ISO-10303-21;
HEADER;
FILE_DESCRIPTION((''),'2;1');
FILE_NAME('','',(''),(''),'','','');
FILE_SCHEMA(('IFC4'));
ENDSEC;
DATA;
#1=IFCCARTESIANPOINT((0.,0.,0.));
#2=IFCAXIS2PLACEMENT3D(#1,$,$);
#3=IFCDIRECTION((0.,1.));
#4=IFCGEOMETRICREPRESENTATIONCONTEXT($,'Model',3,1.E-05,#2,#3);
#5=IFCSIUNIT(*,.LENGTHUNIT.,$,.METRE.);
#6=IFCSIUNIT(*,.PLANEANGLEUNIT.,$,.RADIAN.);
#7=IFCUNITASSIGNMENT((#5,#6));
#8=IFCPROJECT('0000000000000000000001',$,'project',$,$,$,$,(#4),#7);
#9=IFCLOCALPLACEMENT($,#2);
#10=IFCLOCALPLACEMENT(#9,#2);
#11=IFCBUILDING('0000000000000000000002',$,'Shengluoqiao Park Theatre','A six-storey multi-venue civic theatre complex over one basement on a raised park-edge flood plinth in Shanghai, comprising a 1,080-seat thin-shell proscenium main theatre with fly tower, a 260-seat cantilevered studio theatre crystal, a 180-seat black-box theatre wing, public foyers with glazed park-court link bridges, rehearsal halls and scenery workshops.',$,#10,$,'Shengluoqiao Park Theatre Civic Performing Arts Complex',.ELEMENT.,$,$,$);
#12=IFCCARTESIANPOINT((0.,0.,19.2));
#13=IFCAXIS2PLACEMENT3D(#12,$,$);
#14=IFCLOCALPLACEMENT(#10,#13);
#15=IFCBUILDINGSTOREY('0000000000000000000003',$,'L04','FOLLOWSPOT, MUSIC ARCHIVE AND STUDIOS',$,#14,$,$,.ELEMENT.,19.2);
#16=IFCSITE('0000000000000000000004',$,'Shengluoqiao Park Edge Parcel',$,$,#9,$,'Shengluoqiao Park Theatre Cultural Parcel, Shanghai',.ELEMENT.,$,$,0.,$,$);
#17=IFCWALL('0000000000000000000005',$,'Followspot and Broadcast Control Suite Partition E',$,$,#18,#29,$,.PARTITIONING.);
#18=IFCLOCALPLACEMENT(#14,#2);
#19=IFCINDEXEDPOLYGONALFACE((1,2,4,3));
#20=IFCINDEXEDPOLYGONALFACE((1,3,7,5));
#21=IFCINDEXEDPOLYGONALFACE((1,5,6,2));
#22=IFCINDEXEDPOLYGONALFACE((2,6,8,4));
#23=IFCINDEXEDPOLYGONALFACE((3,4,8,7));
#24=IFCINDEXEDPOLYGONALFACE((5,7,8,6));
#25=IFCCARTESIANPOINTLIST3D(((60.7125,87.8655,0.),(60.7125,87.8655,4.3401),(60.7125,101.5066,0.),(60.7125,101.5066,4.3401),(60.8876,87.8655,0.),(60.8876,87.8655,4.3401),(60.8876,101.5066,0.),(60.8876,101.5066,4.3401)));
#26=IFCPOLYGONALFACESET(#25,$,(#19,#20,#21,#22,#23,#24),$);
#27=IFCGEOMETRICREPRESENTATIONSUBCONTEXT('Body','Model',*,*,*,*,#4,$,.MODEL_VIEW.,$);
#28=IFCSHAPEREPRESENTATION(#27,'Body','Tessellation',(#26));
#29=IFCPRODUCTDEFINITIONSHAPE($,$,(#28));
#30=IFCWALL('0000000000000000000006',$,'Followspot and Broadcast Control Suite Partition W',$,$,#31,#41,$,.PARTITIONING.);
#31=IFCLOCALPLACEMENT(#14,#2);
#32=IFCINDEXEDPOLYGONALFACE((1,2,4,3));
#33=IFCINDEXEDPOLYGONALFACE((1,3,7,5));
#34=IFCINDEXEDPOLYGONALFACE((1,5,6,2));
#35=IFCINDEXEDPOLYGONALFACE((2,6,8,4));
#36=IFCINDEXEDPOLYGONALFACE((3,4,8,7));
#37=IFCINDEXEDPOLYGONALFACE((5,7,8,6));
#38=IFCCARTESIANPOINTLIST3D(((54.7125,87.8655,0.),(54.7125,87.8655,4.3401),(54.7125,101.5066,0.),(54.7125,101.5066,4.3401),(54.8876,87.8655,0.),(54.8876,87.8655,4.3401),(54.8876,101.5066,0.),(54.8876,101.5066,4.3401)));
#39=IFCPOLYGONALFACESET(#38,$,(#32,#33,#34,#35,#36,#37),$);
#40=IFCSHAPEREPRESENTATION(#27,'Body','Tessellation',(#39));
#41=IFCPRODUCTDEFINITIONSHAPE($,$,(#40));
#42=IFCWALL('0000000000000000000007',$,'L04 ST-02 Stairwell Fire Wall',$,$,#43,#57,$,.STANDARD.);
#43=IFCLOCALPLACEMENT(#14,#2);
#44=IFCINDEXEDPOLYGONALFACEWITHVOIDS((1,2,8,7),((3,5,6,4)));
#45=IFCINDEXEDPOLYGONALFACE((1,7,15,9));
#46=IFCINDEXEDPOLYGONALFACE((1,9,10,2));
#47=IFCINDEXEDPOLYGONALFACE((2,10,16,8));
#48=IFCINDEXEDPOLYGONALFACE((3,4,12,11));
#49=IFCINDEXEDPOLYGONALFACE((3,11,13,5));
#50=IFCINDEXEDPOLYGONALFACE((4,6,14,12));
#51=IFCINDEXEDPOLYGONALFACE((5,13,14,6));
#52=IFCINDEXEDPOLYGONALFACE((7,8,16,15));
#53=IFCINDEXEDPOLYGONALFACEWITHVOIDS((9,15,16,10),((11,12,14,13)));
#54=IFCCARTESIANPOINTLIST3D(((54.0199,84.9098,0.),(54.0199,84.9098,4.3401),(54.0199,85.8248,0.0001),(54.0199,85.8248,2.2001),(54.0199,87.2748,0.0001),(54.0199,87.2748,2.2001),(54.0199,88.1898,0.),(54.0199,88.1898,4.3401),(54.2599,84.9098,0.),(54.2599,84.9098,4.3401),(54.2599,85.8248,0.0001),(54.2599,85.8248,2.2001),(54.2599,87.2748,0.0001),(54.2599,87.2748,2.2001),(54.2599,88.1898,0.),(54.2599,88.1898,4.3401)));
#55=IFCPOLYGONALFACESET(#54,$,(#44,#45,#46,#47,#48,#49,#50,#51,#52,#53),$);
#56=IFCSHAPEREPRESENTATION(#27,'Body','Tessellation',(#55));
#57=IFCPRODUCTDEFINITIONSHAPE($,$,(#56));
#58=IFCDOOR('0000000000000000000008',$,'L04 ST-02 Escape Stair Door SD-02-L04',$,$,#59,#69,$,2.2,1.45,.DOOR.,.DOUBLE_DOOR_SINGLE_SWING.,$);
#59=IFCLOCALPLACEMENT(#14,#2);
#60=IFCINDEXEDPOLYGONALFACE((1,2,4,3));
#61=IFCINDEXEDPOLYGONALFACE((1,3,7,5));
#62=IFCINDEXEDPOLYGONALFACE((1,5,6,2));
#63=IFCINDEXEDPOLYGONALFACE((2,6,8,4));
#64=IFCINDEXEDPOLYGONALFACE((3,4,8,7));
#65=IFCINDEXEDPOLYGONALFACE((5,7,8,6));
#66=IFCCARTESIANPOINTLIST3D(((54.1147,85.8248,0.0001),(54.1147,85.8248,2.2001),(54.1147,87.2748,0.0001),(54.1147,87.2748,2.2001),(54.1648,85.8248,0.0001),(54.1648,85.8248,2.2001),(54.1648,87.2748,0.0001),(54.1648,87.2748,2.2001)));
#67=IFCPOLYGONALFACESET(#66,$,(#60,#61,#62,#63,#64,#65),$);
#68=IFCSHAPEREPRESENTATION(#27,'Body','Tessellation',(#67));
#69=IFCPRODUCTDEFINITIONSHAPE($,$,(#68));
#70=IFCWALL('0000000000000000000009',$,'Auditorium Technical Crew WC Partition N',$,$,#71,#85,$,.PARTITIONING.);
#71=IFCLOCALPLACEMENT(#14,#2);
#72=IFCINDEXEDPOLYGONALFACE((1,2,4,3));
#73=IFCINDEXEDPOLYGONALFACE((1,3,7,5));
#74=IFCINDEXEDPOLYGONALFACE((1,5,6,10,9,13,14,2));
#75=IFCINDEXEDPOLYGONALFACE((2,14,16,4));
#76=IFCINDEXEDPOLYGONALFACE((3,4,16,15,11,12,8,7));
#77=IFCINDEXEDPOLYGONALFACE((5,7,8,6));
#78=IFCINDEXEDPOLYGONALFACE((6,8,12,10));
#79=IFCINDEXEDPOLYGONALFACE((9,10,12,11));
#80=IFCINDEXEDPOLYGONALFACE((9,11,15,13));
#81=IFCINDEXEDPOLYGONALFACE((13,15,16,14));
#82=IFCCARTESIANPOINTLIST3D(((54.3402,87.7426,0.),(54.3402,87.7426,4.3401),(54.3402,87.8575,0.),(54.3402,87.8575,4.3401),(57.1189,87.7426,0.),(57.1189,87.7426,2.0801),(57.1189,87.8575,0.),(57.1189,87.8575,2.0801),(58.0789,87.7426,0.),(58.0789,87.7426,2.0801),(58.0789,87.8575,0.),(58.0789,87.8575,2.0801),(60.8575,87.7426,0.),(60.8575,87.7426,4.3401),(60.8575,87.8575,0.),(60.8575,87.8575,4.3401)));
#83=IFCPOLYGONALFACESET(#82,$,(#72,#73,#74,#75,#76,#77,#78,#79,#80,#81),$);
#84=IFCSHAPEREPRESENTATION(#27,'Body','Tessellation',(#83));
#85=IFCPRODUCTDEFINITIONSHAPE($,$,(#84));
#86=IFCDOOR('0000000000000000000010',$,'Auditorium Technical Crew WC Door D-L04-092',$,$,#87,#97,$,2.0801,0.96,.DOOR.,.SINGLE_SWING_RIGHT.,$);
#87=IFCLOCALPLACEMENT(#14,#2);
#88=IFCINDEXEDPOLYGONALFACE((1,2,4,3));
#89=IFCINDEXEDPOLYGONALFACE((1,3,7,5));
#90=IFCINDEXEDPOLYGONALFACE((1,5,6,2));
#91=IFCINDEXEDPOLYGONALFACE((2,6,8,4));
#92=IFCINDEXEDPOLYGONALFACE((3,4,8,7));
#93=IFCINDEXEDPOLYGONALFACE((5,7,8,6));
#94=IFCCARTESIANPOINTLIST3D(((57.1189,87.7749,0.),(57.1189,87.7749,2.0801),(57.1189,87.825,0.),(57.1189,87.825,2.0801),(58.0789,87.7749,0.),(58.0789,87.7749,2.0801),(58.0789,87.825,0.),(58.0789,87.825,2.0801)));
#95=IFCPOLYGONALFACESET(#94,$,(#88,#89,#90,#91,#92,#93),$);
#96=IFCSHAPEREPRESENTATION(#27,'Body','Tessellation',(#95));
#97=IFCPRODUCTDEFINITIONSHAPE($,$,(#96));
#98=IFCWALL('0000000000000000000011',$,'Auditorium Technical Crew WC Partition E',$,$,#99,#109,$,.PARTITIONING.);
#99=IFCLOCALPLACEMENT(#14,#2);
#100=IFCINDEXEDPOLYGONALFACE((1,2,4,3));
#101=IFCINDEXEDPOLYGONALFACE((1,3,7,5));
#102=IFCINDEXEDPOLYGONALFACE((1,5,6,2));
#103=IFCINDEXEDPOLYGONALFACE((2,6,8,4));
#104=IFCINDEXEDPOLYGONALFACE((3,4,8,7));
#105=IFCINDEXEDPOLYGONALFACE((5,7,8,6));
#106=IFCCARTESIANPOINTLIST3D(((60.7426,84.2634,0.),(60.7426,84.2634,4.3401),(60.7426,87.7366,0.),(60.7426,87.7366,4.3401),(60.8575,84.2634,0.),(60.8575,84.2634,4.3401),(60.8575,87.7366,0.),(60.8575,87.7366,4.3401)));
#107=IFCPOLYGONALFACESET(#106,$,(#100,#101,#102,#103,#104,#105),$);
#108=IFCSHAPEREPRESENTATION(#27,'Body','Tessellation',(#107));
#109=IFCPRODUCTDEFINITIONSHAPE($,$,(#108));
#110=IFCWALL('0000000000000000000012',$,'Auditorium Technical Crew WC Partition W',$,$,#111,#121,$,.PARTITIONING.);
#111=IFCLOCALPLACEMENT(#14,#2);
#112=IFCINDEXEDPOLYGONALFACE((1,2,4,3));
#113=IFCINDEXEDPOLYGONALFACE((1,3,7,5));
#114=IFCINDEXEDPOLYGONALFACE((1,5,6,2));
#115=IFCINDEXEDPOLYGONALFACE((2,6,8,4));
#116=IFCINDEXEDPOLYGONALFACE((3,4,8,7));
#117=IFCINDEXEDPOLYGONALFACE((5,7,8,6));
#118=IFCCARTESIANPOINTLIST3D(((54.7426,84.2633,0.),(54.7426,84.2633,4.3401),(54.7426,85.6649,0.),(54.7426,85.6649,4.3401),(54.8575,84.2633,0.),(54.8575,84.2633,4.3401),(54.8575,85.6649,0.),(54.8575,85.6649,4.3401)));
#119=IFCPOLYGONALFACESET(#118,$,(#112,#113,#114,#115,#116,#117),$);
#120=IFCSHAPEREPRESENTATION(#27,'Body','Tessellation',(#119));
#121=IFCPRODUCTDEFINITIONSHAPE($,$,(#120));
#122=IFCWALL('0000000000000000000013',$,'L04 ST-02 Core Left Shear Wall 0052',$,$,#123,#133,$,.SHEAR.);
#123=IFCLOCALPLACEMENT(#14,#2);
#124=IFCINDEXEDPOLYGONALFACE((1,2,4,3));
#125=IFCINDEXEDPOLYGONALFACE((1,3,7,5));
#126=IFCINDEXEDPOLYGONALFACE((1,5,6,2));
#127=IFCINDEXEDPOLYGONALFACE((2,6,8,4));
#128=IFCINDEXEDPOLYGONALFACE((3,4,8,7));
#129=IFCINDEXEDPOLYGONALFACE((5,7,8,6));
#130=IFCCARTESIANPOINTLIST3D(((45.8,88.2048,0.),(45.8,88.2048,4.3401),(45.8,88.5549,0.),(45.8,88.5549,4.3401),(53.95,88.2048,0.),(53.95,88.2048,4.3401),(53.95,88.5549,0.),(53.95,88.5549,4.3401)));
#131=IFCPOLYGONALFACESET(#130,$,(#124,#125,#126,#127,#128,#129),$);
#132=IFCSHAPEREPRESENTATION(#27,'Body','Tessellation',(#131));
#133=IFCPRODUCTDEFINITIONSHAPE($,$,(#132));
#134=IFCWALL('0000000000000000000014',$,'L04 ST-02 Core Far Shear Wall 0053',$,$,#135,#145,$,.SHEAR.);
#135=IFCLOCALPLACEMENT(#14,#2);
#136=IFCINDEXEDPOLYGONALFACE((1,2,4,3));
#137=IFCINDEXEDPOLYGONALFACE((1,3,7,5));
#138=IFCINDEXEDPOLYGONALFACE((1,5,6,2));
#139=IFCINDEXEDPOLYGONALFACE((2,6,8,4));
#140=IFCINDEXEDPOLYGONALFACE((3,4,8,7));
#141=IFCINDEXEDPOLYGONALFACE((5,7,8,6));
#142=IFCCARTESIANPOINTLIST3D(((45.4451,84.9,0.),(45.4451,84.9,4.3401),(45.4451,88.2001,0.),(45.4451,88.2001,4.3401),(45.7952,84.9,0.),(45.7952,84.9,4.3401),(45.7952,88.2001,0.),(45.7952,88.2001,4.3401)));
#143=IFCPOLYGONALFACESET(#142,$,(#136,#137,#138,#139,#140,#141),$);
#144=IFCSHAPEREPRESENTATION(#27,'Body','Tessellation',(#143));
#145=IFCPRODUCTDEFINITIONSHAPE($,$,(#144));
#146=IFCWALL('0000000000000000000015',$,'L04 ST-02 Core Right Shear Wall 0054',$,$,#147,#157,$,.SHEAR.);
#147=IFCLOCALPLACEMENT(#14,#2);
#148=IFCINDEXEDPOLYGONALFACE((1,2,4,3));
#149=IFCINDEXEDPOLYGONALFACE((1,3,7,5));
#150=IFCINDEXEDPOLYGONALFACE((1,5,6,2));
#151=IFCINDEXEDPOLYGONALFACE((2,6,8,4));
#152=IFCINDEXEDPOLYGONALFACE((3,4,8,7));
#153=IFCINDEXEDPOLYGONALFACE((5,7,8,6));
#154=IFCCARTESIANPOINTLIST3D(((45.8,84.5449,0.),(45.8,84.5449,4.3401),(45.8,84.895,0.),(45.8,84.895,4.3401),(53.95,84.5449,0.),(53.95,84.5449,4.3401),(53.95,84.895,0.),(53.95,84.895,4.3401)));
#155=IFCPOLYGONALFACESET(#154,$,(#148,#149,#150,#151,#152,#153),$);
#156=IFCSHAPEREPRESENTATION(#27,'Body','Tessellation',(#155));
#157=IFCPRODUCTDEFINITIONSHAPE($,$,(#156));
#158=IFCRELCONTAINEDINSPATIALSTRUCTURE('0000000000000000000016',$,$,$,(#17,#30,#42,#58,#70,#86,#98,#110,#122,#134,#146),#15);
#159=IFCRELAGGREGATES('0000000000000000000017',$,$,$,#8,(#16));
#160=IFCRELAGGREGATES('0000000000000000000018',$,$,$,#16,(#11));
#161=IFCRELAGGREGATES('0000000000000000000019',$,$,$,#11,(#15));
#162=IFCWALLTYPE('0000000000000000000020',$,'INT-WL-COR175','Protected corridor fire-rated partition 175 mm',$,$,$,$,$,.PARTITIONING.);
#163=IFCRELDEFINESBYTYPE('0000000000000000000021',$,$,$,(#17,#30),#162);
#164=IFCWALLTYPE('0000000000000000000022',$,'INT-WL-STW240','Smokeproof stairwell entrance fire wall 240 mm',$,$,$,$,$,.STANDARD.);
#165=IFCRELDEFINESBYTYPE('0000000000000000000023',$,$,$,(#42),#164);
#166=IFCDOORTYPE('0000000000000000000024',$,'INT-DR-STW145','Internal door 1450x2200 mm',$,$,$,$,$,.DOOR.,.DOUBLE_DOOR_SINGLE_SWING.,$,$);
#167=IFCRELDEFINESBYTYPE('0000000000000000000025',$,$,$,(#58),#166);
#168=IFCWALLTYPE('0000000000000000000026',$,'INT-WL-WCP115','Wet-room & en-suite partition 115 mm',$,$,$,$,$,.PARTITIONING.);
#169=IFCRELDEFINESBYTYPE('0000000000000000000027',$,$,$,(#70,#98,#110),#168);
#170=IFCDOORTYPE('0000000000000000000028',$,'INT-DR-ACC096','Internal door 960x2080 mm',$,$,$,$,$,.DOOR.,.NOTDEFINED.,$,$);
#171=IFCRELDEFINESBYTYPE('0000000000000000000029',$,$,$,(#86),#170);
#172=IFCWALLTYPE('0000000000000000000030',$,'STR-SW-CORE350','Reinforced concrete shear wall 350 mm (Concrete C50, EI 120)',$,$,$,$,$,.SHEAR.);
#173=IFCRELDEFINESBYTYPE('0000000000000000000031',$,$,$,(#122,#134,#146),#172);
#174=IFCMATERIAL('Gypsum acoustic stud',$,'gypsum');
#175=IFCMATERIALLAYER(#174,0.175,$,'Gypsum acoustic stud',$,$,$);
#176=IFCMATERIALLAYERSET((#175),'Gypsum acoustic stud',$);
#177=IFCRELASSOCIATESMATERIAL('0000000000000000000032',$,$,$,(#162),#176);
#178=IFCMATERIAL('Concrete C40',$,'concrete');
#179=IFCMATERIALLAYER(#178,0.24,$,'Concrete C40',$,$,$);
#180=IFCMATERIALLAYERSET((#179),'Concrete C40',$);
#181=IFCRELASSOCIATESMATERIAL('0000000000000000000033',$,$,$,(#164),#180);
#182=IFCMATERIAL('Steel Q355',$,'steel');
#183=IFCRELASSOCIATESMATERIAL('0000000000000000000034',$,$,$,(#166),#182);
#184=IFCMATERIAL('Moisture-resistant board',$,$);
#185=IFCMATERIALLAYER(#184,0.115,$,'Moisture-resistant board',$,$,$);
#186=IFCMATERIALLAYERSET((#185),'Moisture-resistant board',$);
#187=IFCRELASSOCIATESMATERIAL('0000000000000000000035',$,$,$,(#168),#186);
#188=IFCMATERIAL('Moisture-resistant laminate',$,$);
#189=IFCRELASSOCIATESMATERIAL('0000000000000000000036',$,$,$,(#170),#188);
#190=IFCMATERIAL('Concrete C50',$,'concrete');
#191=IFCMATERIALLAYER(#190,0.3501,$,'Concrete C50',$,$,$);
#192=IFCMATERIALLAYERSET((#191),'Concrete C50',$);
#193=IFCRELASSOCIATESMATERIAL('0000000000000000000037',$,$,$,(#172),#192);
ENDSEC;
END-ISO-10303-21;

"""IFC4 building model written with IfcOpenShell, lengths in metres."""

from ifc_helpers import new_model, si_unit, direction, frame, frame_2d, origin, place, context, subcontext, project, spatial, rectangle, extrude, material, layer, layer_set, type_object, element, fill, save


model = new_model("IFC4")

# Units and contexts
model_context = context("Model", 3, precision=1e-05, world=origin(), true_north=direction((0.0, 1.0)))
body_context = subcontext(model_context, "Body", "Model", "MODEL_VIEW")
ifc_project = project(units=[si_unit("LENGTHUNIT", "METRE"), si_unit("PLANEANGLEUNIT", "RADIAN")], contexts=[model_context])

# Site, building, storey
site_placement = place(None, origin())
site = spatial("IfcSite", under=ifc_project, at=site_placement, Name="Shengluoqiao Park Edge Parcel", LongName="Shengluoqiao Park Theatre Cultural Parcel, Shanghai", CompositionType="ELEMENT", RefElevation=0.0)
building_placement = place(site_placement, origin())
building = spatial("IfcBuilding", under=site, at=building_placement, Name="Shengluoqiao Park Theatre", Description="A six-storey multi-venue civic theatre complex over one basement on a raised park-edge flood plinth in Shanghai, comprising a 1,080-seat thin-shell proscenium main theatre with fly tower, a 260-seat cantilevered studio theatre crystal, a 180-seat black-box theatre wing, public foyers with glazed park-court link bridges, rehearsal halls and scenery workshops.", LongName="Shengluoqiao Park Theatre Civic Performing Arts Complex", CompositionType="ELEMENT")
storey_placement = place(building_placement, frame((0.0, 0.0, 19.2)))
storey = spatial("IfcBuildingStorey", under=building, at=storey_placement, Name="L04", Description="FOLLOWSPOT, MUSIC ARCHIVE AND STUDIOS", CompositionType="ELEMENT", Elevation=19.2)

# Shared definitions
ifc_material_1 = material(Name="Steel Q355", Category="steel")

# Walls
ifc_material_2 = material(Name="Gypsum acoustic stud", Category="gypsum")
ifc_layer_1 = layer(ifc_material_2, 0.175, Name="Gypsum acoustic stud")
ifc_layer_set_1 = layer_set([ifc_layer_1], Name="Gypsum acoustic stud")
wall_type_1 = type_object("IfcWallType", Name="INT-WL-COR175", Description="Protected corridor fire-rated partition 175 mm", PredefinedType="PARTITIONING", material=ifc_layer_set_1)
for number, where, z_axis, x_axis, name in (
    (1, (60.8, 87.8655, 0.0), (0.0, 0.0, 1.0), (0.0, 1.0, 0.0), "Followspot and Broadcast Control Suite Partition E"),
    (2, (54.8, 87.8655, 0.0), (0.0, 0.0, 1.0), (0.0, 1.0, 0.0), "Followspot and Broadcast Control Suite Partition W"),
):
    element("IfcWall", number, at=place(storey_placement, frame(where, z_axis=z_axis, x_axis=x_axis)), inside=storey, type_object=wall_type_1, Name=name, PredefinedType="PARTITIONING", context=body_context, shape_type="SweptSolid", body=[
        extrude(rectangle(XDim=13.6411, YDim=0.175, at=frame_2d((6.8206, 0.0))), origin(), (0.0, 0.0, 1.0), 4.3401),
    ])

# Walls, openings, doors
ifc_material_3 = material(Name="Concrete C40", Category="concrete")
ifc_layer_2 = layer(ifc_material_3, 0.24, Name="Concrete C40")
ifc_layer_set_2 = layer_set([ifc_layer_2], Name="Concrete C40")
wall_type_2 = type_object("IfcWallType", Name="INT-WL-STW240", Description="Smokeproof stairwell entrance fire wall 240 mm", PredefinedType="STANDARD", material=ifc_layer_set_2)
wall_1_placement = place(storey_placement, frame((54.1399, 88.1899, 0.0), z_axis=(0.0, 0.0, 1.0), x_axis=(0.0, -1.0, 0.0)))
wall_1 = element("IfcWall", 3, at=wall_1_placement, inside=storey, type_object=wall_type_2, Name="L04 ST-02 Stairwell Fire Wall", PredefinedType="STANDARD", context=body_context, shape_type="SweptSolid", body=[
    extrude(rectangle(XDim=3.28, YDim=0.24, at=frame_2d((1.6401, 0.0))), origin(), (0.0, 0.0, 1.0), 4.3401),
])
opening_1_placement = place(wall_1_placement, frame((0.915, 0.0, 0.0)))
opening_1 = element("IfcOpeningElement", 4, at=opening_1_placement, cuts=wall_1, PredefinedType="OPENING", context=body_context, shape_type="SweptSolid", body=[
    extrude(rectangle(XDim=1.45, YDim=2.2, at=frame_2d((0.7251, 1.1001))), frame((0.0, 0.1299, 0.0), z_axis=(0.0, -1.0, 0.0), x_axis=(1.0, 0.0, 0.0)), (0.0, 0.0, 1.0), 0.26),
])
door_type_1 = type_object("IfcDoorType", Name="INT-DR-STW145", Description="Internal door 1450x2200 mm", OperationType="DOUBLE_DOOR_SINGLE_SWING", PredefinedType="DOOR", material=ifc_material_1)
door_1_placement = place(opening_1_placement, origin())
door_1 = element("IfcDoor", 5, at=door_1_placement, inside=storey, type_object=door_type_1, Name="L04 ST-02 Escape Stair Door SD-02-L04", OperationType="DOUBLE_DOOR_SINGLE_SWING", OverallHeight=2.2, OverallWidth=1.45, PredefinedType="DOOR", context=body_context, shape_type="SweptSolid", body=[
    extrude(rectangle(XDim=1.45, YDim=2.2, at=frame_2d((0.7251, 1.1001))), frame((0.0, 0.0249, 0.0), z_axis=(0.0, -1.0, 0.0), x_axis=(1.0, 0.0, 0.0)), (0.0, 0.0, 1.0), 0.05),
])
fill(opening_1, door_1)
ifc_material_4 = material(Name="Moisture-resistant board")
ifc_layer_3 = layer(ifc_material_4, 0.115, Name="Moisture-resistant board")
ifc_layer_set_3 = layer_set([ifc_layer_3], Name="Moisture-resistant board")
wall_type_3 = type_object("IfcWallType", Name="INT-WL-WCP115", Description="Wet-room & en-suite partition 115 mm", PredefinedType="PARTITIONING", material=ifc_layer_set_3)
wall_2_placement = place(storey_placement, frame((54.3401, 87.8, 0.0), z_axis=(0.0, 0.0, 1.0), x_axis=(1.0, 0.0, 0.0)))
wall_2 = element("IfcWall", 6, at=wall_2_placement, inside=storey, type_object=wall_type_3, Name="Auditorium Technical Crew WC Partition N", PredefinedType="PARTITIONING", context=body_context, shape_type="SweptSolid", body=[
    extrude(rectangle(XDim=6.5173, YDim=0.115, at=frame_2d((3.2588, 0.0))), origin(), (0.0, 0.0, 1.0), 4.3401),
])
opening_2_placement = place(wall_2_placement, frame((2.7788, 0.0, 0.0)))
opening_2 = element("IfcOpeningElement", 7, at=opening_2_placement, cuts=wall_2, PredefinedType="OPENING", context=body_context, shape_type="SweptSolid", body=[
    extrude(rectangle(XDim=0.96, YDim=2.0801, at=frame_2d((0.48, 1.04))), frame((0.0, 0.0674, 0.0), z_axis=(0.0, -1.0, 0.0), x_axis=(1.0, 0.0, 0.0)), (0.0, 0.0, 1.0), 0.135),
])
ifc_material_5 = material(Name="Moisture-resistant laminate")
door_type_2 = type_object("IfcDoorType", Name="INT-DR-ACC096", Description="Internal door 960x2080 mm", OperationType="NOTDEFINED", PredefinedType="DOOR", material=ifc_material_5)
door_2_placement = place(opening_2_placement, origin())
door_2 = element("IfcDoor", 8, at=door_2_placement, inside=storey, type_object=door_type_2, Name="Auditorium Technical Crew WC Door D-L04-092", OperationType="SINGLE_SWING_RIGHT", OverallHeight=2.0801, OverallWidth=0.96, PredefinedType="DOOR", context=body_context, shape_type="SweptSolid", body=[
    extrude(rectangle(XDim=0.96, YDim=2.0801, at=frame_2d((0.48, 1.04))), frame((0.0, 0.0249, 0.0), z_axis=(0.0, -1.0, 0.0), x_axis=(1.0, 0.0, 0.0)), (0.0, 0.0, 1.0), 0.05),
])
fill(opening_2, door_2)

# Walls
wall_3_placement = place(storey_placement, frame((60.8, 84.2634, 0.0), z_axis=(0.0, 0.0, 1.0), x_axis=(0.0, 1.0, 0.0)))
element("IfcWall", 9, at=wall_3_placement, inside=storey, type_object=wall_type_3, Name="Auditorium Technical Crew WC Partition E", PredefinedType="PARTITIONING", context=body_context, shape_type="SweptSolid", body=[
    extrude(rectangle(XDim=3.4731, YDim=0.115, at=frame_2d((1.7366, 0.0))), origin(), (0.0, 0.0, 1.0), 4.3401),
])
wall_4_placement = place(storey_placement, frame((54.8, 84.2634, 0.0), z_axis=(0.0, 0.0, 1.0), x_axis=(0.0, 1.0, 0.0)))
element("IfcWall", 10, at=wall_4_placement, inside=storey, type_object=wall_type_3, Name="Auditorium Technical Crew WC Partition W", PredefinedType="PARTITIONING", context=body_context, shape_type="SweptSolid", body=[
    extrude(rectangle(XDim=1.4016, YDim=0.115, at=frame_2d((0.7007, 0.0))), origin(), (0.0, 0.0, 1.0), 4.3401),
])
ifc_material_6 = material(Name="Concrete C50", Category="concrete")
ifc_layer_4 = layer(ifc_material_6, 0.3501, Name="Concrete C50")
ifc_layer_set_4 = layer_set([ifc_layer_4], Name="Concrete C50")
wall_type_4 = type_object("IfcWallType", Name="STR-SW-CORE350", Description="Reinforced concrete shear wall 350 mm (Concrete C50, EI 120)", PredefinedType="SHEAR", material=ifc_layer_set_4)
wall_5_placement = place(storey_placement, frame((53.95, 88.3799, 0.0), z_axis=(0.0, 0.0, 1.0), x_axis=(-1.0, 0.0, 0.0)))
element("IfcWall", 11, at=wall_5_placement, inside=storey, type_object=wall_type_4, Name="L04 ST-02 Core Left Shear Wall 0052", PredefinedType="SHEAR", context=body_context, shape_type="SweptSolid", body=[
    extrude(rectangle(XDim=8.1499, YDim=0.3501, at=frame_2d((4.075, 0.0))), origin(), (0.0, 0.0, 1.0), 4.3401),
])
wall_6_placement = place(storey_placement, frame((45.6201, 88.2, 0.0), z_axis=(0.0, 0.0, 1.0), x_axis=(0.0, -1.0, 0.0)))
element("IfcWall", 12, at=wall_6_placement, inside=storey, type_object=wall_type_4, Name="L04 ST-02 Core Far Shear Wall 0053", PredefinedType="SHEAR", context=body_context, shape_type="SweptSolid", body=[
    extrude(rectangle(XDim=3.3, YDim=0.3501, at=frame_2d((1.6499, 0.0))), origin(), (0.0, 0.0, 1.0), 4.3401),
])
wall_7_placement = place(storey_placement, frame((45.8, 84.72, 0.0), z_axis=(0.0, 0.0, 1.0), x_axis=(1.0, 0.0, 0.0)))
element("IfcWall", 13, at=wall_7_placement, inside=storey, type_object=wall_type_4, Name="L04 ST-02 Core Right Shear Wall 0054", PredefinedType="SHEAR", context=body_context, shape_type="SweptSolid", body=[
    extrude(rectangle(XDim=8.1499, YDim=0.3501, at=frame_2d((4.075, 0.0))), origin(), (0.0, 0.0, 1.0), 4.3401),
])

save(model, "model.ifc")
